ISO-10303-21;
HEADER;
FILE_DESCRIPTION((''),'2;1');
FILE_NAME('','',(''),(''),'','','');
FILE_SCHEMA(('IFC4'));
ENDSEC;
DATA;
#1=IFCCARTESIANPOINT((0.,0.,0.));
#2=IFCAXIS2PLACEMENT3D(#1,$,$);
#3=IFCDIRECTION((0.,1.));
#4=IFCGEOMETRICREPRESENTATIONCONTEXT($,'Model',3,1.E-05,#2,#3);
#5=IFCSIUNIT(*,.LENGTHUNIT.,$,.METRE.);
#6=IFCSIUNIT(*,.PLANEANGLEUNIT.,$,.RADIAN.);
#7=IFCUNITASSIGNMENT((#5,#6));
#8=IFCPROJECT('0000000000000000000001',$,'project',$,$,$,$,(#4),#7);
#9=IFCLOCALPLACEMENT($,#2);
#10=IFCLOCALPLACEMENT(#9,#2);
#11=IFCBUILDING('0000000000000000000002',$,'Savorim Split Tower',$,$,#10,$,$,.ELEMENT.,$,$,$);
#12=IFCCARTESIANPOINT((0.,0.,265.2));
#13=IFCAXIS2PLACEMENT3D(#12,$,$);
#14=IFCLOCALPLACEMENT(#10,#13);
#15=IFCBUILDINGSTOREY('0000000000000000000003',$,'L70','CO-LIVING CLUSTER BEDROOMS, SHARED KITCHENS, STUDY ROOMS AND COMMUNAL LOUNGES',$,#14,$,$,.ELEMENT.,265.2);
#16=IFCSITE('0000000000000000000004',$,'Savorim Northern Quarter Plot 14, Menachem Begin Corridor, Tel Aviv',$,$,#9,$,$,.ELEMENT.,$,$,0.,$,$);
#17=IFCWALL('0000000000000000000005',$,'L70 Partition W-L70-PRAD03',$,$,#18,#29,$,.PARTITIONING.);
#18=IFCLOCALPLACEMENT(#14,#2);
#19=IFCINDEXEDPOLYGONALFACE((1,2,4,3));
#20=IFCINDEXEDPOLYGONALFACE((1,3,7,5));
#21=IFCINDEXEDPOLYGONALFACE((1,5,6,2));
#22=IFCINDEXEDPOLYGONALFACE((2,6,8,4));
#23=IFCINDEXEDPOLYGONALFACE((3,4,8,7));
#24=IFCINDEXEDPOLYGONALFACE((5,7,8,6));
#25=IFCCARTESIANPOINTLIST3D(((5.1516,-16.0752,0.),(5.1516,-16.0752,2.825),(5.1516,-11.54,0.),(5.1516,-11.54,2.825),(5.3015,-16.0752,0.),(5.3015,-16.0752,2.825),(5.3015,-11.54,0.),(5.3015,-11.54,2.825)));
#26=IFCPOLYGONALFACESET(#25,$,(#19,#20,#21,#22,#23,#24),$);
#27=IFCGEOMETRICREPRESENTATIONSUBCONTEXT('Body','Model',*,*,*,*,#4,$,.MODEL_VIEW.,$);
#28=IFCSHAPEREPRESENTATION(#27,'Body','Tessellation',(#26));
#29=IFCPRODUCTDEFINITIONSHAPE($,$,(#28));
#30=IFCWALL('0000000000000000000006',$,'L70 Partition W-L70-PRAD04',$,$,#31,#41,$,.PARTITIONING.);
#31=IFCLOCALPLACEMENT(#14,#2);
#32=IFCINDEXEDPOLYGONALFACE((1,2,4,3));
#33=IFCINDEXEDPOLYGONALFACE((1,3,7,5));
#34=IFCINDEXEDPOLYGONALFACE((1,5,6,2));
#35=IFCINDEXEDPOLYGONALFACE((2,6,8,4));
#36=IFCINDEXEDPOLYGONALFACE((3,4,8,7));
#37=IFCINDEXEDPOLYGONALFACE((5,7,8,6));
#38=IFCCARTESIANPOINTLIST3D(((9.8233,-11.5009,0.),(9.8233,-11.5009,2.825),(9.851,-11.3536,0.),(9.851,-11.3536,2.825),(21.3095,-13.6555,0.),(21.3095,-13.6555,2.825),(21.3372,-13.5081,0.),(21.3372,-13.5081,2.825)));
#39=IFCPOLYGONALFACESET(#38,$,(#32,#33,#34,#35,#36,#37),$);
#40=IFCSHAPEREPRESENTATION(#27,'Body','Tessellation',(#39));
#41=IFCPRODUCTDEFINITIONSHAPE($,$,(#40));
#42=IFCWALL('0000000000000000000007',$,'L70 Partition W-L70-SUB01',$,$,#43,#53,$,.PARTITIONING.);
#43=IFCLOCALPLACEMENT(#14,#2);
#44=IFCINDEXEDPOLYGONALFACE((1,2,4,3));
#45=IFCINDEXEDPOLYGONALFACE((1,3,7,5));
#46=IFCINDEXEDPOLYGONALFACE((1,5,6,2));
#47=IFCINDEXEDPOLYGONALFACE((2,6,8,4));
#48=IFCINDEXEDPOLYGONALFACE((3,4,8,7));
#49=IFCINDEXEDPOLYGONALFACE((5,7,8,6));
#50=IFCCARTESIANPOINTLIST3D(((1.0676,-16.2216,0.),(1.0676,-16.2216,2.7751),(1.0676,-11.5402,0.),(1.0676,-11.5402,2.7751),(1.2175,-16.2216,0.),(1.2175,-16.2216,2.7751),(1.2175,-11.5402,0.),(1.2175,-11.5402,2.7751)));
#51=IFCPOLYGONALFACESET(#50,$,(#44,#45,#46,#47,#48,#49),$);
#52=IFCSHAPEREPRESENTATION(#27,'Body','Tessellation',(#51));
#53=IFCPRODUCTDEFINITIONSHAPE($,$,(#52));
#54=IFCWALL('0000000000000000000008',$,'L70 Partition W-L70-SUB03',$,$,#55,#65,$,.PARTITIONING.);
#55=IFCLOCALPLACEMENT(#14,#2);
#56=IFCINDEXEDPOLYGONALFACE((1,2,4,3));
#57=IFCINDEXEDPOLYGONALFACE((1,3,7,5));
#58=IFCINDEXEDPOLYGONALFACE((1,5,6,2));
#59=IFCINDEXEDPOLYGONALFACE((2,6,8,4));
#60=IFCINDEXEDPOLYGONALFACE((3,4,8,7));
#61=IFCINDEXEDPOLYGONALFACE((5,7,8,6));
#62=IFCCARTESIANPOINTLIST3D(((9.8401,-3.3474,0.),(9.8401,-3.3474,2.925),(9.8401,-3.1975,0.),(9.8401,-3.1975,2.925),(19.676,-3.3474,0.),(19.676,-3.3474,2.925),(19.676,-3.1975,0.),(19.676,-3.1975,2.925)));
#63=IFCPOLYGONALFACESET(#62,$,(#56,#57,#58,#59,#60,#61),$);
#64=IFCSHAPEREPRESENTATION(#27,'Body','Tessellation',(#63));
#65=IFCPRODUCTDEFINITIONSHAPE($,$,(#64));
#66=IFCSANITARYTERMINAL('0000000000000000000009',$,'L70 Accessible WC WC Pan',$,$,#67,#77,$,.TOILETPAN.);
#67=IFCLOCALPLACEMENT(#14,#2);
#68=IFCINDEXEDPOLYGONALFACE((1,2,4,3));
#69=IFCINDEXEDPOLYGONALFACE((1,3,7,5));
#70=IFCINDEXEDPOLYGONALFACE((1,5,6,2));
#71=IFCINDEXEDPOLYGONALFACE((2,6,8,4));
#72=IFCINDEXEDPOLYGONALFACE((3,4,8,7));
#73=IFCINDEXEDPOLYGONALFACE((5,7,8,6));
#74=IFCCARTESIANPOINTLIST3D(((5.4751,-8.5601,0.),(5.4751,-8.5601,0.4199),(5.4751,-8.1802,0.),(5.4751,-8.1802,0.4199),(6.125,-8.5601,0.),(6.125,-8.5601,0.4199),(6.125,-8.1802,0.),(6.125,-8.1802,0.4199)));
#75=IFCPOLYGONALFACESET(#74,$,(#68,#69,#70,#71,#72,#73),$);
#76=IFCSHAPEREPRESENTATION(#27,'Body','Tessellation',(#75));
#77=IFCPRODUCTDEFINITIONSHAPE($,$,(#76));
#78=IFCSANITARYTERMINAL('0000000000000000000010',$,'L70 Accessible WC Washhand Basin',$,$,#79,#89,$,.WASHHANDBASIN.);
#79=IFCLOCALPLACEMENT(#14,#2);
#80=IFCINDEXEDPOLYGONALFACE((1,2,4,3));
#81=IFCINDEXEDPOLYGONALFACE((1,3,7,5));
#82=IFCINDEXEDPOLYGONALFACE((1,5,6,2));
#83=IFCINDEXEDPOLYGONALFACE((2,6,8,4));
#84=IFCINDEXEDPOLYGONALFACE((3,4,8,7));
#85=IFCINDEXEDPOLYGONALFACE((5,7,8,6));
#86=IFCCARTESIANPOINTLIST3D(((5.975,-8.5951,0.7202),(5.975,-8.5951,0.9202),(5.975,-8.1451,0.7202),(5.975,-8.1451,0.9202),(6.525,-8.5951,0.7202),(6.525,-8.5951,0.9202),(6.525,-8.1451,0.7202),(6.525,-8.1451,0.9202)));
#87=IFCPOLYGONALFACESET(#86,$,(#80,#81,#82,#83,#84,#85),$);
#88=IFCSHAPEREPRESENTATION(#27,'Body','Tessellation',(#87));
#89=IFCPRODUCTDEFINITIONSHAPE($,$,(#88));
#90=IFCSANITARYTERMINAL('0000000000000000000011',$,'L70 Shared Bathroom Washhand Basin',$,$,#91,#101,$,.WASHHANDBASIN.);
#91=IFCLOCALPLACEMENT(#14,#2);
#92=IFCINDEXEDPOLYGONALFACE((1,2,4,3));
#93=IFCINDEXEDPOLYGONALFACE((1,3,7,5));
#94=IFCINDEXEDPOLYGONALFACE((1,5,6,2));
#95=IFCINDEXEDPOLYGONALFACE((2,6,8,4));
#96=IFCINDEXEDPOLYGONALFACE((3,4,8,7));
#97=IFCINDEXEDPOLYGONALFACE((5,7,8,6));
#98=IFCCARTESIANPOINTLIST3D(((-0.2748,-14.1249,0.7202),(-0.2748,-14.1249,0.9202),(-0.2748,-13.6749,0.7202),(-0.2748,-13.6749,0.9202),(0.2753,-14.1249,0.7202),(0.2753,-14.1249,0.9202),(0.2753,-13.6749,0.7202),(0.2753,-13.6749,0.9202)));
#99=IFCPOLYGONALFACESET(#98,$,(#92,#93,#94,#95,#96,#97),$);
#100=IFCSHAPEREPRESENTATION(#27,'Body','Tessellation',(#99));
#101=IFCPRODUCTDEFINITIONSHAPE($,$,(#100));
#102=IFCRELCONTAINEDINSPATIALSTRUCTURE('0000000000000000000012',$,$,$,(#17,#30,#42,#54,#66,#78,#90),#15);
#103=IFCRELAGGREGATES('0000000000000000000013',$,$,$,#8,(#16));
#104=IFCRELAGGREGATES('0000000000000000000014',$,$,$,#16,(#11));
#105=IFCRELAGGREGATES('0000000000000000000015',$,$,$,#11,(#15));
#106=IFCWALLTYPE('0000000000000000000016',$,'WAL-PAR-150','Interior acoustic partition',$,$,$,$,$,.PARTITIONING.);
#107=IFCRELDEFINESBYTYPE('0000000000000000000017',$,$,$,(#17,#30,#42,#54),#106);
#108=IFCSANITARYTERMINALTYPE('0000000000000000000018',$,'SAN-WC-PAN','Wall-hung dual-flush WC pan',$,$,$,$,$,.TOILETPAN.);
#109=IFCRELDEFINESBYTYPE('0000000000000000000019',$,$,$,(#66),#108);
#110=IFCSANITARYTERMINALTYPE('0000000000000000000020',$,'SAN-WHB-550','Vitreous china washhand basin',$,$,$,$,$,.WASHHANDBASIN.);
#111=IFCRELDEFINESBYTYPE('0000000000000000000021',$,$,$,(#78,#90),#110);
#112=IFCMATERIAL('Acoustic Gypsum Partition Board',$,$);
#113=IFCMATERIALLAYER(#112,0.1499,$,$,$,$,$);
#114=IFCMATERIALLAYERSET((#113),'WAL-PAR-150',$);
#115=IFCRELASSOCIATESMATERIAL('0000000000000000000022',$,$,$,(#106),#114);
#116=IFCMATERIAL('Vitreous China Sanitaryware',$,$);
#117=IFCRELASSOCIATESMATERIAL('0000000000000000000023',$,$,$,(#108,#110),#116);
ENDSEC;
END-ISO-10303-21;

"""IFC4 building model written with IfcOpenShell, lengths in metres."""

from ifc_helpers import new_model, si_unit, direction, frame, frame_2d, origin, origin_2d, place, context, subcontext, project, spatial, rectangle, extrude, material, layer, layer_set, type_object, element, save


model = new_model("IFC4")

# Units and contexts
model_context = context("Model", 3, precision=1e-05, world=origin(), true_north=direction((0.0, 1.0)))
body_context = subcontext(model_context, "Body", "Model", "MODEL_VIEW")
ifc_project = project(units=[si_unit("LENGTHUNIT", "METRE"), si_unit("PLANEANGLEUNIT", "RADIAN")], contexts=[model_context])

# Site, building, storey
site_placement = place(None, origin())
site = spatial("IfcSite", under=ifc_project, at=site_placement, Name="Savorim Northern Quarter Plot 14, Menachem Begin Corridor, Tel Aviv", CompositionType="ELEMENT", RefElevation=0.0)
building_placement = place(site_placement, origin())
building = spatial("IfcBuilding", under=site, at=building_placement, Name="Savorim Split Tower", CompositionType="ELEMENT")
storey_placement = place(building_placement, frame((0.0, 0.0, 265.2)))
storey = spatial("IfcBuildingStorey", under=building, at=storey_placement, Name="L70", Description="CO-LIVING CLUSTER BEDROOMS, SHARED KITCHENS, STUDY ROOMS AND COMMUNAL LOUNGES", CompositionType="ELEMENT", Elevation=265.2)

# Shared definitions
ifc_material_1 = material(Name="Acoustic Gypsum Partition Board")
ifc_layer_1 = layer(ifc_material_1, 0.1499)
ifc_layer_set_1 = layer_set([ifc_layer_1], Name="WAL-PAR-150")
wall_type_1 = type_object("IfcWallType", Name="WAL-PAR-150", Description="Interior acoustic partition", PredefinedType="PARTITIONING", material=ifc_layer_set_1)

# Walls
wall_1_placement = place(storey_placement, frame((5.2266, -11.54, 0.0), z_axis=(0.0, 0.0, 1.0), x_axis=(0.0, -1.0, 0.0)))
element("IfcWall", 1, at=wall_1_placement, inside=storey, type_object=wall_type_1, Name="L70 Partition W-L70-PRAD03", PredefinedType="PARTITIONING", context=body_context, shape_type="SweptSolid", body=[
    extrude(rectangle(XDim=4.5352, YDim=0.1499, at=frame_2d((2.2676, 0.0))), origin(), (0.0, 0.0, 1.0), 2.825),
])
wall_2_placement = place(storey_placement, frame((9.8372, -11.4272, 0.0), z_axis=(0.0, 0.0, 1.0), x_axis=(0.982858, -0.184363, 0.0)))
element("IfcWall", 2, at=wall_2_placement, inside=storey, type_object=wall_type_1, Name="L70 Partition W-L70-PRAD04", PredefinedType="PARTITIONING", context=body_context, shape_type="SweptSolid", body=[
    extrude(rectangle(XDim=11.6865, YDim=0.1499, at=frame_2d((5.8433, 0.0))), origin(), (0.0, 0.0, 1.0), 2.825),
])
wall_3_placement = place(storey_placement, frame((1.1426, -11.54, 0.0), z_axis=(0.0, 0.0, 1.0), x_axis=(0.0, -1.0, 0.0)))
element("IfcWall", 3, at=wall_3_placement, inside=storey, type_object=wall_type_1, Name="L70 Partition W-L70-SUB01", PredefinedType="PARTITIONING", context=body_context, shape_type="SweptSolid", body=[
    extrude(rectangle(XDim=4.6814, YDim=0.1499, at=frame_2d((2.3408, 0.0))), origin(), (0.0, 0.0, 1.0), 2.7751),
])
wall_4_placement = place(storey_placement, frame((9.8401, -3.2725, 0.0), z_axis=(0.0, 0.0, 1.0), x_axis=(1.0, 0.0, 0.0)))
element("IfcWall", 4, at=wall_4_placement, inside=storey, type_object=wall_type_1, Name="L70 Partition W-L70-SUB03", PredefinedType="PARTITIONING", context=body_context, shape_type="SweptSolid", body=[
    extrude(rectangle(XDim=9.8359, YDim=0.1499, at=frame_2d((4.918, 0.0))), origin(), (0.0, 0.0, 1.0), 2.925),
])

# Sanitary terminals
ifc_material_2 = material(Name="Vitreous China Sanitaryware")
sanitary_terminal_type_1 = type_object("IfcSanitaryTerminalType", Name="SAN-WC-PAN", Description="Wall-hung dual-flush WC pan", PredefinedType="TOILETPAN", material=ifc_material_2)
sanitary_terminal_placement = place(storey_placement, frame((5.8, -8.3701, 0.0), z_axis=(0.0, 0.0, 1.0), x_axis=(1.0, 0.0, 0.0)))
element("IfcSanitaryTerminal", 5, at=sanitary_terminal_placement, inside=storey, type_object=sanitary_terminal_type_1, Name="L70 Accessible WC WC Pan", PredefinedType="TOILETPAN", context=body_context, shape_type="SweptSolid", body=[
    extrude(rectangle(XDim=0.6499, YDim=0.3799, at=origin_2d()), origin(), (0.0, 0.0, 1.0), 0.4199),
])
sanitary_terminal_type_2 = type_object("IfcSanitaryTerminalType", Name="SAN-WHB-550", Description="Vitreous china washhand basin", PredefinedType="WASHHANDBASIN", material=ifc_material_2)
for number, where, z_axis, x_axis, name in (
    (6, (6.25, -8.3701, 0.7202), (0.0, 0.0, 1.0), (1.0, 0.0, 0.0), "L70 Accessible WC Washhand Basin"),
    (7, (0.0002, -13.8999, 0.7202), (0.0, 0.0, 1.0), (1.0, 0.0, 0.0), "L70 Shared Bathroom Washhand Basin"),
):
    element("IfcSanitaryTerminal", number, at=place(storey_placement, frame(where, z_axis=z_axis, x_axis=x_axis)), inside=storey, type_object=sanitary_terminal_type_2, Name=name, PredefinedType="WASHHANDBASIN", context=body_context, shape_type="SweptSolid", body=[
        extrude(rectangle(XDim=0.55, YDim=0.45, at=origin_2d()), origin(), (0.0, 0.0, 1.0), 0.2),
    ])

save(model, "model.ifc")
